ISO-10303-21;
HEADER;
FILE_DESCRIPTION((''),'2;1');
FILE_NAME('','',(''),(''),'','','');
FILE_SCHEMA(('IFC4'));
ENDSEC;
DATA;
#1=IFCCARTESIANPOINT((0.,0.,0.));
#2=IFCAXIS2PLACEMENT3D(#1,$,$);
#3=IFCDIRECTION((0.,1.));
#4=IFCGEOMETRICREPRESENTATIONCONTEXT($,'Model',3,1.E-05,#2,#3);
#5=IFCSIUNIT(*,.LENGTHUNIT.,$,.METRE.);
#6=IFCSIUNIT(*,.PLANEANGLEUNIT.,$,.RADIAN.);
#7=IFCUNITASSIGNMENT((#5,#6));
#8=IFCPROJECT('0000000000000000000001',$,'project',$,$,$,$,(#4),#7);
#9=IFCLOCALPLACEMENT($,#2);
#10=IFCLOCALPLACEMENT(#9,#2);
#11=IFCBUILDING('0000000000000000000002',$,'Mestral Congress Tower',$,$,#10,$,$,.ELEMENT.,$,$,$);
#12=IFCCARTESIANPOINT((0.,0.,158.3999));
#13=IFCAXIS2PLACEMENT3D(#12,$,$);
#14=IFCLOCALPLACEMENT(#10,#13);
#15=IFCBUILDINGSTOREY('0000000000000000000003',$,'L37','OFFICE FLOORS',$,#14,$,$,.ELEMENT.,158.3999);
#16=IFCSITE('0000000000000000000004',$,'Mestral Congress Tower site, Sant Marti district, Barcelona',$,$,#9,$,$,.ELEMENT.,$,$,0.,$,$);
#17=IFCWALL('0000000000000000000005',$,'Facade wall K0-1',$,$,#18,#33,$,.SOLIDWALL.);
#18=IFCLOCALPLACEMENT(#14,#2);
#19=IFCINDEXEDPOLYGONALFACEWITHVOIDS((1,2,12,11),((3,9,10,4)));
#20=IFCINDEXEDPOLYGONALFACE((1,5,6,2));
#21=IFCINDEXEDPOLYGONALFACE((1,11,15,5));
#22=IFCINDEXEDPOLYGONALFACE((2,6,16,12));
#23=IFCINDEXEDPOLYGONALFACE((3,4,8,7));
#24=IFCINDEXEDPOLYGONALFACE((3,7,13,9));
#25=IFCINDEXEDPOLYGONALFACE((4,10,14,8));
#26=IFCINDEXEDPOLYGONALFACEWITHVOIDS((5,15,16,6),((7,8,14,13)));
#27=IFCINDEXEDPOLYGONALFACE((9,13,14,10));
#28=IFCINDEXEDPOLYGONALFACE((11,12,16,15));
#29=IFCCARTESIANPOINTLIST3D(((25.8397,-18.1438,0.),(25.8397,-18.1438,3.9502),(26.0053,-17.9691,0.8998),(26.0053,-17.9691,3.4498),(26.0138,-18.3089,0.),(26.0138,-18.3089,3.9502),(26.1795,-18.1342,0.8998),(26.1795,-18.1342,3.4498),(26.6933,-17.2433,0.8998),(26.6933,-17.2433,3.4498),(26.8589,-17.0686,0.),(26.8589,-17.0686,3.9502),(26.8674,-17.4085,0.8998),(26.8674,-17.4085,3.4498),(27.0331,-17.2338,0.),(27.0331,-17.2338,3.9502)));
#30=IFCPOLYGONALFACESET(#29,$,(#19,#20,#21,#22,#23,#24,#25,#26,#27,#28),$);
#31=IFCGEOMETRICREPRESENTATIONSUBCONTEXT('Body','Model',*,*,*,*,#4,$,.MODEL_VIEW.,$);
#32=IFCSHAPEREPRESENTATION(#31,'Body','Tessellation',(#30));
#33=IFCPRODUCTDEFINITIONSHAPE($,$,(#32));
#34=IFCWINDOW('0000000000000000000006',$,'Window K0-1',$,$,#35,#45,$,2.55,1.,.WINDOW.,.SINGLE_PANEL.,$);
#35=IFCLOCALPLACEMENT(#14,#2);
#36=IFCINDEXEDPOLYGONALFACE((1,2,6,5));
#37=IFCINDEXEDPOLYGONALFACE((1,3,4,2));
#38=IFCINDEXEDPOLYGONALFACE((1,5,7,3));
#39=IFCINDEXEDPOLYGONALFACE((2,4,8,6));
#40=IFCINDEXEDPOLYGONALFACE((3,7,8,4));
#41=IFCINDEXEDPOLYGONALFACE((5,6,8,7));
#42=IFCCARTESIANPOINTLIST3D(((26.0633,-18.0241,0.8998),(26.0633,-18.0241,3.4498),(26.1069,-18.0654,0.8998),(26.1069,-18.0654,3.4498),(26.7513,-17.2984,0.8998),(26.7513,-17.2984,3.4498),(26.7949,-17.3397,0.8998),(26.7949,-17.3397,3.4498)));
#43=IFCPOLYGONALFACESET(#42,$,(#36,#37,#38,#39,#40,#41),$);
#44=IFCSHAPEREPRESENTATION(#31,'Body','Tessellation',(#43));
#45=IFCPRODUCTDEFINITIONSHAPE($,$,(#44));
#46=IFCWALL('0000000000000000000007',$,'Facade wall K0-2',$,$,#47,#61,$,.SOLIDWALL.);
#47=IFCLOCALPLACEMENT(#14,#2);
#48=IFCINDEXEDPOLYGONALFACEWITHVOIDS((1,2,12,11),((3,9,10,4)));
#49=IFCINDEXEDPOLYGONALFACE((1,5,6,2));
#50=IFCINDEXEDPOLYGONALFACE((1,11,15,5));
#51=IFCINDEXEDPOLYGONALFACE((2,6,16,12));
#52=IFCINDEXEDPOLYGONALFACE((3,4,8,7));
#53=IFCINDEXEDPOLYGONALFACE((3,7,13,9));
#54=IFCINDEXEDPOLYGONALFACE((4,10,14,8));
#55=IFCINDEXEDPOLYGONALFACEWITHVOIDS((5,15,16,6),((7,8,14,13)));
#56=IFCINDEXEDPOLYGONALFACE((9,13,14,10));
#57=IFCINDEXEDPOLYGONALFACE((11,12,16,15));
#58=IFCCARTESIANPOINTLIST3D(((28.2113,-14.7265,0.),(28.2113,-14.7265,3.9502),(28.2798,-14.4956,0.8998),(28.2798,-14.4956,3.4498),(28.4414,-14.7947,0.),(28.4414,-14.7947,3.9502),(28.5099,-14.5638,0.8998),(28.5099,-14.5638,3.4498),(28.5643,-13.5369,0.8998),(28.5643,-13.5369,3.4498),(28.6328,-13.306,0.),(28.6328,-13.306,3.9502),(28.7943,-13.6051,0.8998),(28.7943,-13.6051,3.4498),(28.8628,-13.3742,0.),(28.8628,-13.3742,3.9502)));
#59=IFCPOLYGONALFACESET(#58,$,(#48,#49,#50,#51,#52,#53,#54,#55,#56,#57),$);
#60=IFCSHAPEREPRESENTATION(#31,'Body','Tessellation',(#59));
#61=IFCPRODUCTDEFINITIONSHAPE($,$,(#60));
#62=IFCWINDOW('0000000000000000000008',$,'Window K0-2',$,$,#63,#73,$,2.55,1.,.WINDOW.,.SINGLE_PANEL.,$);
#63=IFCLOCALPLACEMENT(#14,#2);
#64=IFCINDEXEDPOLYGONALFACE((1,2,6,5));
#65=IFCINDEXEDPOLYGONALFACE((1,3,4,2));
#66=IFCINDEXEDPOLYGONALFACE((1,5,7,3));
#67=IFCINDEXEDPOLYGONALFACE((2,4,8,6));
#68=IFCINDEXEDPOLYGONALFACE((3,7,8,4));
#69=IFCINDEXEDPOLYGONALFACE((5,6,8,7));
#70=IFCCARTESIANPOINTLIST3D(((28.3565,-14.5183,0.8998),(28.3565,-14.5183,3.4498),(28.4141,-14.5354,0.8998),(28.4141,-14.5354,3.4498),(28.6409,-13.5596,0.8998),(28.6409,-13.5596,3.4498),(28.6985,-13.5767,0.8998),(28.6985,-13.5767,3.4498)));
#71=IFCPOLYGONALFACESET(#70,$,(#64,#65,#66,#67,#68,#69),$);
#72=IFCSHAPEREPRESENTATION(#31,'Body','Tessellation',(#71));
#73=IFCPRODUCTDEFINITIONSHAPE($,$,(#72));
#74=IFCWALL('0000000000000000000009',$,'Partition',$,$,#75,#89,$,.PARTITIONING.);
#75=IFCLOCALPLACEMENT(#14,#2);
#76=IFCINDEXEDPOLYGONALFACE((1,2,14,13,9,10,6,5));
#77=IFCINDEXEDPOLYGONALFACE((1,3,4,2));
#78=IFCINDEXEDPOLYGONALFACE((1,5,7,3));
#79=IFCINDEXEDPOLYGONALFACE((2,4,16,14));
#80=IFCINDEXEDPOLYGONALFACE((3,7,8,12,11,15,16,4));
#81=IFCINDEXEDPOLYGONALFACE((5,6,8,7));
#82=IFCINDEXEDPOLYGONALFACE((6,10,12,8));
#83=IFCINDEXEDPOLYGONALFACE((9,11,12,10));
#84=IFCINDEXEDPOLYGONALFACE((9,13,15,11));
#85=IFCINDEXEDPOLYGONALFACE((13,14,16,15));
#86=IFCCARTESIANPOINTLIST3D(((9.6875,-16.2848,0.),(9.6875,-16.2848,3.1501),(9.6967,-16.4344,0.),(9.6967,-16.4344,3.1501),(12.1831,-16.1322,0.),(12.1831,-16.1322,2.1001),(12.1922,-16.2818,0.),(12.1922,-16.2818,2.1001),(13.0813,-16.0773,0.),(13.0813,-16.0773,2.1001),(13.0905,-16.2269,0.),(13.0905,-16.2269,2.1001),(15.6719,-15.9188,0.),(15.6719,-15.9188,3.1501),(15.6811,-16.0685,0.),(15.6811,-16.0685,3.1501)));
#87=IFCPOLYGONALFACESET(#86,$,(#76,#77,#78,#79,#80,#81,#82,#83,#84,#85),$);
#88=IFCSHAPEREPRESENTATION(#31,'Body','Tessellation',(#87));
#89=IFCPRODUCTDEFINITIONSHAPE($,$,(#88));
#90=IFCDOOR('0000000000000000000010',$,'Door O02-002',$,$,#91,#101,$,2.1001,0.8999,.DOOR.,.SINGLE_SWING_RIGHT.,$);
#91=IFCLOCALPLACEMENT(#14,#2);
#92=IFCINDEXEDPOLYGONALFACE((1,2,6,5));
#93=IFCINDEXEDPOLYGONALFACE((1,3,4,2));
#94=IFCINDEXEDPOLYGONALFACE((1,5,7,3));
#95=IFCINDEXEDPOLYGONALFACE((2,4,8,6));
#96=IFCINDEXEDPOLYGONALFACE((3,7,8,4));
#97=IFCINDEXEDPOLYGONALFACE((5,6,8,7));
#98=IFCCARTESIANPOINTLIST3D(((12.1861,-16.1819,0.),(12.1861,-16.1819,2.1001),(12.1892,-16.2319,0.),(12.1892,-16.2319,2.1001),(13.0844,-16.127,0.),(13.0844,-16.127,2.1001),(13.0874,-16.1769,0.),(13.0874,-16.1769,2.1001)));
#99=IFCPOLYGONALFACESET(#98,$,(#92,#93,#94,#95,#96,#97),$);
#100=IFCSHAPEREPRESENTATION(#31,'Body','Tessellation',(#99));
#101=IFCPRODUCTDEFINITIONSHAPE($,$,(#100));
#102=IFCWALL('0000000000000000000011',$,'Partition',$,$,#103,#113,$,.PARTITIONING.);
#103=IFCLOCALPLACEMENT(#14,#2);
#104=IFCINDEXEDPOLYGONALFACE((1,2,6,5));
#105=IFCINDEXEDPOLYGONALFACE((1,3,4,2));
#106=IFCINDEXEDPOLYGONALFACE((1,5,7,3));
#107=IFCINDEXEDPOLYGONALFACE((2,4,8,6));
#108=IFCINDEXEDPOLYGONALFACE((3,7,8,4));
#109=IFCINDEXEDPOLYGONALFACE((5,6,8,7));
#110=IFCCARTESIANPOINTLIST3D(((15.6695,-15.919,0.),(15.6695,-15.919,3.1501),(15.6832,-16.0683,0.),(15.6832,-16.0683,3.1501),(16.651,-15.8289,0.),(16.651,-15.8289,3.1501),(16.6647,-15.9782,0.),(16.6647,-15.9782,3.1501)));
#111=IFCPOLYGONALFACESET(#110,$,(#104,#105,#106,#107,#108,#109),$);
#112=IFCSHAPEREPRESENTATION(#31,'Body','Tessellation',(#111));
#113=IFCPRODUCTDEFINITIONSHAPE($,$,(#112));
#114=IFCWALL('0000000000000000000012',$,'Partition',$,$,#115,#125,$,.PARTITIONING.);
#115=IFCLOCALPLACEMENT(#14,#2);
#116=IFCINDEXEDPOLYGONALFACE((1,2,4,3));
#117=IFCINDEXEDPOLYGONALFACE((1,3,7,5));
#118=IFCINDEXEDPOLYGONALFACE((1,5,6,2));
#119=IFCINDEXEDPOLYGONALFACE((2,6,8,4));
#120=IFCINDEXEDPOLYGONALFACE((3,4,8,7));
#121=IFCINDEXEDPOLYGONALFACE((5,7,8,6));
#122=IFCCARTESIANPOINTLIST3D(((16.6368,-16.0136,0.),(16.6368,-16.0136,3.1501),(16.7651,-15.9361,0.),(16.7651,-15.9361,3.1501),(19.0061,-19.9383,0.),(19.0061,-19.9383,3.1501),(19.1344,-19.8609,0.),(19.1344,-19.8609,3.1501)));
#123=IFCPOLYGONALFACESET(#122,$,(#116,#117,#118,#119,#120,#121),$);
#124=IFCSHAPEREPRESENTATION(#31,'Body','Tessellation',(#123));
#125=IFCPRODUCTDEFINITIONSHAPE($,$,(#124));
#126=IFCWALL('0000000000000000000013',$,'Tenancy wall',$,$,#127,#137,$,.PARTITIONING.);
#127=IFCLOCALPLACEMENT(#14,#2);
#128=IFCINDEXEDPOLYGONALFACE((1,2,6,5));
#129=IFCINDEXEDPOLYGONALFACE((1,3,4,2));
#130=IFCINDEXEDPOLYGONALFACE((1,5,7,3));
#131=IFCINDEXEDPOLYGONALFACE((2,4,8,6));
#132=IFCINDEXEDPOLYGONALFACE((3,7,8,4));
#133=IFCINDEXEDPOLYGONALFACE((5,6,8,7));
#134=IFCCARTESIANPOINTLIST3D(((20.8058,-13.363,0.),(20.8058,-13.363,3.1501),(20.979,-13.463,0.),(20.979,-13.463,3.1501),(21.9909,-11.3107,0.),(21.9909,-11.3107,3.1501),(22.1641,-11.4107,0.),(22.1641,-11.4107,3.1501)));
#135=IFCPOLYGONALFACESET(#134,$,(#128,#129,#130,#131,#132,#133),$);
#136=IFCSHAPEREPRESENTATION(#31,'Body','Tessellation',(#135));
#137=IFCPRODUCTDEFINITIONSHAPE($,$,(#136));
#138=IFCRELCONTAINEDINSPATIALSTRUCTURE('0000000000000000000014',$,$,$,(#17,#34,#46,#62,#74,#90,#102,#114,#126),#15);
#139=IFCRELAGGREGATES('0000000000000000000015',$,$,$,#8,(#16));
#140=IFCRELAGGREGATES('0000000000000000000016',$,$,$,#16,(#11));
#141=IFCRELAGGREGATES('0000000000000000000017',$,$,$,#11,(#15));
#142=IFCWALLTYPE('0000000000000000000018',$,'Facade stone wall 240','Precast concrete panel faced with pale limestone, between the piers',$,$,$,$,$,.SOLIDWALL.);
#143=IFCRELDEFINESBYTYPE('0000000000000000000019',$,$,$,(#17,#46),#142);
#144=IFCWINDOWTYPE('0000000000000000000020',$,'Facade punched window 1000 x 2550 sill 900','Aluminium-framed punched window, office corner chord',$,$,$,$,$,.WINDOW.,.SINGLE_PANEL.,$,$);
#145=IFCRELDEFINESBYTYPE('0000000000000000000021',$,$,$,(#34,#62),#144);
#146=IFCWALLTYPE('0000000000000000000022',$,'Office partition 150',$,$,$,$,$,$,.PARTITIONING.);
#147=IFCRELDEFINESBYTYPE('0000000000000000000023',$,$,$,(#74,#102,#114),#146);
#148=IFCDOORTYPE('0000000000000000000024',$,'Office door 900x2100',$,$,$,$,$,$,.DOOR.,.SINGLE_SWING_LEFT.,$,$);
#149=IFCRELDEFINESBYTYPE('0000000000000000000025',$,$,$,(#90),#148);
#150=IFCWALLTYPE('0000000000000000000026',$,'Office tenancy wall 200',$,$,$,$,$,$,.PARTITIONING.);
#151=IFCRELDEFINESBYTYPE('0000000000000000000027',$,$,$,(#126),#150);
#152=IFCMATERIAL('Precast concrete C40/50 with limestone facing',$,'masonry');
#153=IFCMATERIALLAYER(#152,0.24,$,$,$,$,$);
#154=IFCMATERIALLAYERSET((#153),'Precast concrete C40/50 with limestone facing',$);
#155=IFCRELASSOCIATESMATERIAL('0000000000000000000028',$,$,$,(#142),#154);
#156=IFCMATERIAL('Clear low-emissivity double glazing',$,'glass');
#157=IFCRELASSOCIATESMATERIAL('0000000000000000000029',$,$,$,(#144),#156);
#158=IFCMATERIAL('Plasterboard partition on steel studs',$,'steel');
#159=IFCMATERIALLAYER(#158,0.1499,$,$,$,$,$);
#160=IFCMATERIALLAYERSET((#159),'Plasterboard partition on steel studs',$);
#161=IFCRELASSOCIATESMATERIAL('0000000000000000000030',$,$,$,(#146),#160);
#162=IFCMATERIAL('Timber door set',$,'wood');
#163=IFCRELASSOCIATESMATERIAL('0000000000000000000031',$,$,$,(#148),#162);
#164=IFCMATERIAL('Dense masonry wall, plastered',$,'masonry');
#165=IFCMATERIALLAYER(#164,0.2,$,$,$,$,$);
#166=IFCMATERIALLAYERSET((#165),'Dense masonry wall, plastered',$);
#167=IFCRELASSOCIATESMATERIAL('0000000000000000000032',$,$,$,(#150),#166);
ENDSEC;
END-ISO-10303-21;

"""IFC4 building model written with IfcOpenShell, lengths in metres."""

from ifc_helpers import new_model, si_unit, direction, frame, frame_2d, origin, place, context, subcontext, project, spatial, rectangle, extrude, material, layer, layer_set, type_object, element, fill, save


model = new_model("IFC4")

# Units and contexts
model_context = context("Model", 3, precision=1e-05, world=origin(), true_north=direction((0.0, 1.0)))
body_context = subcontext(model_context, "Body", "Model", "MODEL_VIEW")
ifc_project = project(units=[si_unit("LENGTHUNIT", "METRE"), si_unit("PLANEANGLEUNIT", "RADIAN")], contexts=[model_context])

# Site, building, storey
site_placement = place(None, origin())
site = spatial("IfcSite", under=ifc_project, at=site_placement, Name="Mestral Congress Tower site, Sant Marti district, Barcelona", CompositionType="ELEMENT", RefElevation=0.0)
building_placement = place(site_placement, origin())
building = spatial("IfcBuilding", under=site, at=building_placement, Name="Mestral Congress Tower", CompositionType="ELEMENT")
storey_placement = place(building_placement, frame((0.0, 0.0, 158.3999)))
storey = spatial("IfcBuildingStorey", under=building, at=storey_placement, Name="L37", Description="OFFICE FLOORS", CompositionType="ELEMENT", Elevation=158.3999)

# Shared definitions
ifc_material_1 = material(Name="Precast concrete C40/50 with limestone facing", Category="masonry")
ifc_layer_1 = layer(ifc_material_1, 0.24)
ifc_layer_set_1 = layer_set([ifc_layer_1], Name="Precast concrete C40/50 with limestone facing")
wall_type_1 = type_object("IfcWallType", Name="Facade stone wall 240", Description="Precast concrete panel faced with pale limestone, between the piers", PredefinedType="SOLIDWALL", material=ifc_layer_set_1)
ifc_material_2 = material(Name="Clear low-emissivity double glazing", Category="glass")

# Walls, openings, windows
window_type_1 = type_object("IfcWindowType", Name="Facade punched window 1000 x 2550 sill 900", Description="Aluminium-framed punched window, office corner chord", PartitioningType="SINGLE_PANEL", PredefinedType="WINDOW", material=ifc_material_2)
wall_1_placement = place(storey_placement, frame((25.9268, -18.2263, 0.0), z_axis=(0.0, 0.0, 1.0), x_axis=(0.687987, 0.725723, 0.0)))
wall_1 = element("IfcWall", 1, at=wall_1_placement, inside=storey, type_object=wall_type_1, Name="Facade wall K0-1", PredefinedType="SOLIDWALL", context=body_context, shape_type="SweptSolid", body=[
    extrude(rectangle(XDim=1.4814, YDim=0.24, at=frame_2d((0.7407, 0.0))), origin(), (0.0, 0.0, 1.0), 3.9502),
])
opening_1_placement = place(wall_1_placement, frame((0.2407, 0.0, 0.8999)))
opening_1 = element("IfcOpeningElement", 2, at=opening_1_placement, cuts=wall_1, PredefinedType="OPENING", context=body_context, shape_type="SweptSolid", body=[
    extrude(rectangle(XDim=1.0, YDim=2.55, at=frame_2d((0.5, 1.2749))), frame((0.0, 0.1299, 0.0), z_axis=(0.0, -1.0, 0.0), x_axis=(1.0, 0.0, 0.0)), (0.0, 0.0, 1.0), 0.26),
])
window_1_placement = place(opening_1_placement, origin())
window_1 = element("IfcWindow", 3, at=window_1_placement, inside=storey, type_object=window_type_1, Name="Window K0-1", OverallHeight=2.55, OverallWidth=1.0, PartitioningType="SINGLE_PANEL", PredefinedType="WINDOW", context=body_context, shape_type="SweptSolid", body=[
    extrude(rectangle(XDim=1.0, YDim=2.55, at=frame_2d((0.5, 1.2749))), frame((0.0, 0.04, 0.0), z_axis=(0.0, -1.0, 0.0), x_axis=(1.0, 0.0, 0.0)), (0.0, 0.0, 1.0), 0.0601),
])
fill(opening_1, window_1)
wall_2_placement = place(storey_placement, frame((28.3264, -14.7605, 0.0), z_axis=(0.0, 0.0, 1.0), x_axis=(0.284414, 0.958702, 0.0)))
wall_2 = element("IfcWall", 4, at=wall_2_placement, inside=storey, type_object=wall_type_1, Name="Facade wall K0-2", PredefinedType="SOLIDWALL", context=body_context, shape_type="SweptSolid", body=[
    extrude(rectangle(XDim=1.4817, YDim=0.24, at=frame_2d((0.7407, 0.0))), origin(), (0.0, 0.0, 1.0), 3.9502),
])
opening_2_placement = place(wall_2_placement, frame((0.2407, 0.0, 0.8999)))
opening_2 = element("IfcOpeningElement", 5, at=opening_2_placement, cuts=wall_2, PredefinedType="OPENING", context=body_context, shape_type="SweptSolid", body=[
    extrude(rectangle(XDim=1.0, YDim=2.55, at=frame_2d((0.5, 1.2749))), frame((0.0, 0.1299, 0.0), z_axis=(0.0, -1.0, 0.0), x_axis=(1.0, 0.0, 0.0)), (0.0, 0.0, 1.0), 0.26),
])
window_2_placement = place(opening_2_placement, origin())
window_2 = element("IfcWindow", 6, at=window_2_placement, inside=storey, type_object=window_type_1, Name="Window K0-2", OverallHeight=2.55, OverallWidth=1.0, PartitioningType="SINGLE_PANEL", PredefinedType="WINDOW", context=body_context, shape_type="SweptSolid", body=[
    extrude(rectangle(XDim=1.0, YDim=2.55, at=frame_2d((0.5, 1.2749))), frame((0.0, 0.04, 0.0), z_axis=(0.0, -1.0, 0.0), x_axis=(1.0, 0.0, 0.0)), (0.0, 0.0, 1.0), 0.0601),
])
fill(opening_2, window_2)

# Wall, opening, door
ifc_material_3 = material(Name="Plasterboard partition on steel studs", Category="steel")
ifc_layer_2 = layer(ifc_material_3, 0.1499)
ifc_layer_set_2 = layer_set([ifc_layer_2], Name="Plasterboard partition on steel studs")
wall_type_2 = type_object("IfcWallType", Name="Office partition 150", PredefinedType="PARTITIONING", material=ifc_layer_set_2)
wall_3_placement = place(storey_placement, frame((15.6765, -15.9937, 0.0), z_axis=(0.0, 0.0, 1.0), x_axis=(-0.998135, -0.06104, 0.0)))
wall_3 = element("IfcWall", 7, at=wall_3_placement, inside=storey, type_object=wall_type_2, Name="Partition", PredefinedType="PARTITIONING", context=body_context, shape_type="SweptSolid", body=[
    extrude(rectangle(XDim=5.9956, YDim=0.1499, at=frame_2d((2.9978, 0.0))), origin(), (0.0, 0.0, 1.0), 3.1501),
])
opening_3_placement = place(wall_3_placement, frame((2.5955, 0.0, 0.0)))
opening_3 = element("IfcOpeningElement", 8, at=opening_3_placement, cuts=wall_3, PredefinedType="OPENING", context=body_context, shape_type="SweptSolid", body=[
    extrude(rectangle(XDim=0.8999, YDim=2.1001, at=frame_2d((0.45, 1.05))), frame((0.0, 0.085, 0.0), z_axis=(0.0, -1.0, 0.0), x_axis=(1.0, 0.0, 0.0)), (0.0, 0.0, 1.0), 0.1699),
])
ifc_material_4 = material(Name="Timber door set", Category="wood")
door_type = type_object("IfcDoorType", Name="Office door 900x2100", OperationType="SINGLE_SWING_LEFT", PredefinedType="DOOR", material=ifc_material_4)
door_placement = place(opening_3_placement, origin())
door = element("IfcDoor", 9, at=door_placement, inside=storey, type_object=door_type, Name="Door O02-002", OperationType="SINGLE_SWING_RIGHT", OverallHeight=2.1001, OverallWidth=0.8999, PredefinedType="DOOR", context=body_context, shape_type="SweptSolid", body=[
    extrude(rectangle(XDim=0.8999, YDim=2.1001, at=frame_2d((0.45, 1.05))), frame((0.0, 0.0249, 0.0), z_axis=(0.0, -1.0, 0.0), x_axis=(1.0, 0.0, 0.0)), (0.0, 0.0, 1.0), 0.05),
])
fill(opening_3, door)

# Walls
wall_4_placement = place(storey_placement, frame((15.6765, -15.9937, 0.0), z_axis=(0.0, 0.0, 1.0), x_axis=(0.995814, 0.091407, 0.0)))
element("IfcWall", 10, at=wall_4_placement, inside=storey, type_object=wall_type_2, Name="Partition", PredefinedType="PARTITIONING", context=body_context, shape_type="SweptSolid", body=[
    extrude(rectangle(XDim=0.9856, YDim=0.1499, at=frame_2d((0.4927, 0.0))), origin(), (0.0, 0.0, 1.0), 3.1501),
])
wall_5_placement = place(storey_placement, frame((16.7009, -15.9749, 0.0), z_axis=(0.0, 0.0, 1.0), x_axis=(0.51682, -0.856094, 0.0)))
element("IfcWall", 11, at=wall_5_placement, inside=storey, type_object=wall_type_2, Name="Partition", PredefinedType="PARTITIONING", context=body_context, shape_type="SweptSolid", body=[
    extrude(rectangle(XDim=4.5845, YDim=0.1499, at=frame_2d((2.2922, 0.0))), origin(), (0.0, 0.0, 1.0), 3.1501),
])
ifc_material_5 = material(Name="Dense masonry wall, plastered", Category="masonry")
ifc_layer_3 = layer(ifc_material_5, 0.2)
ifc_layer_set_3 = layer_set([ifc_layer_3], Name="Dense masonry wall, plastered")
wall_type_3 = type_object("IfcWallType", Name="Office tenancy wall 200", PredefinedType="PARTITIONING", material=ifc_layer_set_3)
wall_6_placement = place(storey_placement, frame((20.8923, -13.4131, 0.0), z_axis=(0.0, 0.0, 1.0), x_axis=(0.500061, 0.86599, 0.0)))
element("IfcWall", 12, at=wall_6_placement, inside=storey, type_object=wall_type_3, Name="Tenancy wall", PredefinedType="PARTITIONING", context=body_context, shape_type="SweptSolid", body=[
    extrude(rectangle(XDim=2.3699, YDim=0.2, at=frame_2d((1.1851, 0.0))), origin(), (0.0, 0.0, 1.0), 3.1501),
])

save(model, "model.ifc")
